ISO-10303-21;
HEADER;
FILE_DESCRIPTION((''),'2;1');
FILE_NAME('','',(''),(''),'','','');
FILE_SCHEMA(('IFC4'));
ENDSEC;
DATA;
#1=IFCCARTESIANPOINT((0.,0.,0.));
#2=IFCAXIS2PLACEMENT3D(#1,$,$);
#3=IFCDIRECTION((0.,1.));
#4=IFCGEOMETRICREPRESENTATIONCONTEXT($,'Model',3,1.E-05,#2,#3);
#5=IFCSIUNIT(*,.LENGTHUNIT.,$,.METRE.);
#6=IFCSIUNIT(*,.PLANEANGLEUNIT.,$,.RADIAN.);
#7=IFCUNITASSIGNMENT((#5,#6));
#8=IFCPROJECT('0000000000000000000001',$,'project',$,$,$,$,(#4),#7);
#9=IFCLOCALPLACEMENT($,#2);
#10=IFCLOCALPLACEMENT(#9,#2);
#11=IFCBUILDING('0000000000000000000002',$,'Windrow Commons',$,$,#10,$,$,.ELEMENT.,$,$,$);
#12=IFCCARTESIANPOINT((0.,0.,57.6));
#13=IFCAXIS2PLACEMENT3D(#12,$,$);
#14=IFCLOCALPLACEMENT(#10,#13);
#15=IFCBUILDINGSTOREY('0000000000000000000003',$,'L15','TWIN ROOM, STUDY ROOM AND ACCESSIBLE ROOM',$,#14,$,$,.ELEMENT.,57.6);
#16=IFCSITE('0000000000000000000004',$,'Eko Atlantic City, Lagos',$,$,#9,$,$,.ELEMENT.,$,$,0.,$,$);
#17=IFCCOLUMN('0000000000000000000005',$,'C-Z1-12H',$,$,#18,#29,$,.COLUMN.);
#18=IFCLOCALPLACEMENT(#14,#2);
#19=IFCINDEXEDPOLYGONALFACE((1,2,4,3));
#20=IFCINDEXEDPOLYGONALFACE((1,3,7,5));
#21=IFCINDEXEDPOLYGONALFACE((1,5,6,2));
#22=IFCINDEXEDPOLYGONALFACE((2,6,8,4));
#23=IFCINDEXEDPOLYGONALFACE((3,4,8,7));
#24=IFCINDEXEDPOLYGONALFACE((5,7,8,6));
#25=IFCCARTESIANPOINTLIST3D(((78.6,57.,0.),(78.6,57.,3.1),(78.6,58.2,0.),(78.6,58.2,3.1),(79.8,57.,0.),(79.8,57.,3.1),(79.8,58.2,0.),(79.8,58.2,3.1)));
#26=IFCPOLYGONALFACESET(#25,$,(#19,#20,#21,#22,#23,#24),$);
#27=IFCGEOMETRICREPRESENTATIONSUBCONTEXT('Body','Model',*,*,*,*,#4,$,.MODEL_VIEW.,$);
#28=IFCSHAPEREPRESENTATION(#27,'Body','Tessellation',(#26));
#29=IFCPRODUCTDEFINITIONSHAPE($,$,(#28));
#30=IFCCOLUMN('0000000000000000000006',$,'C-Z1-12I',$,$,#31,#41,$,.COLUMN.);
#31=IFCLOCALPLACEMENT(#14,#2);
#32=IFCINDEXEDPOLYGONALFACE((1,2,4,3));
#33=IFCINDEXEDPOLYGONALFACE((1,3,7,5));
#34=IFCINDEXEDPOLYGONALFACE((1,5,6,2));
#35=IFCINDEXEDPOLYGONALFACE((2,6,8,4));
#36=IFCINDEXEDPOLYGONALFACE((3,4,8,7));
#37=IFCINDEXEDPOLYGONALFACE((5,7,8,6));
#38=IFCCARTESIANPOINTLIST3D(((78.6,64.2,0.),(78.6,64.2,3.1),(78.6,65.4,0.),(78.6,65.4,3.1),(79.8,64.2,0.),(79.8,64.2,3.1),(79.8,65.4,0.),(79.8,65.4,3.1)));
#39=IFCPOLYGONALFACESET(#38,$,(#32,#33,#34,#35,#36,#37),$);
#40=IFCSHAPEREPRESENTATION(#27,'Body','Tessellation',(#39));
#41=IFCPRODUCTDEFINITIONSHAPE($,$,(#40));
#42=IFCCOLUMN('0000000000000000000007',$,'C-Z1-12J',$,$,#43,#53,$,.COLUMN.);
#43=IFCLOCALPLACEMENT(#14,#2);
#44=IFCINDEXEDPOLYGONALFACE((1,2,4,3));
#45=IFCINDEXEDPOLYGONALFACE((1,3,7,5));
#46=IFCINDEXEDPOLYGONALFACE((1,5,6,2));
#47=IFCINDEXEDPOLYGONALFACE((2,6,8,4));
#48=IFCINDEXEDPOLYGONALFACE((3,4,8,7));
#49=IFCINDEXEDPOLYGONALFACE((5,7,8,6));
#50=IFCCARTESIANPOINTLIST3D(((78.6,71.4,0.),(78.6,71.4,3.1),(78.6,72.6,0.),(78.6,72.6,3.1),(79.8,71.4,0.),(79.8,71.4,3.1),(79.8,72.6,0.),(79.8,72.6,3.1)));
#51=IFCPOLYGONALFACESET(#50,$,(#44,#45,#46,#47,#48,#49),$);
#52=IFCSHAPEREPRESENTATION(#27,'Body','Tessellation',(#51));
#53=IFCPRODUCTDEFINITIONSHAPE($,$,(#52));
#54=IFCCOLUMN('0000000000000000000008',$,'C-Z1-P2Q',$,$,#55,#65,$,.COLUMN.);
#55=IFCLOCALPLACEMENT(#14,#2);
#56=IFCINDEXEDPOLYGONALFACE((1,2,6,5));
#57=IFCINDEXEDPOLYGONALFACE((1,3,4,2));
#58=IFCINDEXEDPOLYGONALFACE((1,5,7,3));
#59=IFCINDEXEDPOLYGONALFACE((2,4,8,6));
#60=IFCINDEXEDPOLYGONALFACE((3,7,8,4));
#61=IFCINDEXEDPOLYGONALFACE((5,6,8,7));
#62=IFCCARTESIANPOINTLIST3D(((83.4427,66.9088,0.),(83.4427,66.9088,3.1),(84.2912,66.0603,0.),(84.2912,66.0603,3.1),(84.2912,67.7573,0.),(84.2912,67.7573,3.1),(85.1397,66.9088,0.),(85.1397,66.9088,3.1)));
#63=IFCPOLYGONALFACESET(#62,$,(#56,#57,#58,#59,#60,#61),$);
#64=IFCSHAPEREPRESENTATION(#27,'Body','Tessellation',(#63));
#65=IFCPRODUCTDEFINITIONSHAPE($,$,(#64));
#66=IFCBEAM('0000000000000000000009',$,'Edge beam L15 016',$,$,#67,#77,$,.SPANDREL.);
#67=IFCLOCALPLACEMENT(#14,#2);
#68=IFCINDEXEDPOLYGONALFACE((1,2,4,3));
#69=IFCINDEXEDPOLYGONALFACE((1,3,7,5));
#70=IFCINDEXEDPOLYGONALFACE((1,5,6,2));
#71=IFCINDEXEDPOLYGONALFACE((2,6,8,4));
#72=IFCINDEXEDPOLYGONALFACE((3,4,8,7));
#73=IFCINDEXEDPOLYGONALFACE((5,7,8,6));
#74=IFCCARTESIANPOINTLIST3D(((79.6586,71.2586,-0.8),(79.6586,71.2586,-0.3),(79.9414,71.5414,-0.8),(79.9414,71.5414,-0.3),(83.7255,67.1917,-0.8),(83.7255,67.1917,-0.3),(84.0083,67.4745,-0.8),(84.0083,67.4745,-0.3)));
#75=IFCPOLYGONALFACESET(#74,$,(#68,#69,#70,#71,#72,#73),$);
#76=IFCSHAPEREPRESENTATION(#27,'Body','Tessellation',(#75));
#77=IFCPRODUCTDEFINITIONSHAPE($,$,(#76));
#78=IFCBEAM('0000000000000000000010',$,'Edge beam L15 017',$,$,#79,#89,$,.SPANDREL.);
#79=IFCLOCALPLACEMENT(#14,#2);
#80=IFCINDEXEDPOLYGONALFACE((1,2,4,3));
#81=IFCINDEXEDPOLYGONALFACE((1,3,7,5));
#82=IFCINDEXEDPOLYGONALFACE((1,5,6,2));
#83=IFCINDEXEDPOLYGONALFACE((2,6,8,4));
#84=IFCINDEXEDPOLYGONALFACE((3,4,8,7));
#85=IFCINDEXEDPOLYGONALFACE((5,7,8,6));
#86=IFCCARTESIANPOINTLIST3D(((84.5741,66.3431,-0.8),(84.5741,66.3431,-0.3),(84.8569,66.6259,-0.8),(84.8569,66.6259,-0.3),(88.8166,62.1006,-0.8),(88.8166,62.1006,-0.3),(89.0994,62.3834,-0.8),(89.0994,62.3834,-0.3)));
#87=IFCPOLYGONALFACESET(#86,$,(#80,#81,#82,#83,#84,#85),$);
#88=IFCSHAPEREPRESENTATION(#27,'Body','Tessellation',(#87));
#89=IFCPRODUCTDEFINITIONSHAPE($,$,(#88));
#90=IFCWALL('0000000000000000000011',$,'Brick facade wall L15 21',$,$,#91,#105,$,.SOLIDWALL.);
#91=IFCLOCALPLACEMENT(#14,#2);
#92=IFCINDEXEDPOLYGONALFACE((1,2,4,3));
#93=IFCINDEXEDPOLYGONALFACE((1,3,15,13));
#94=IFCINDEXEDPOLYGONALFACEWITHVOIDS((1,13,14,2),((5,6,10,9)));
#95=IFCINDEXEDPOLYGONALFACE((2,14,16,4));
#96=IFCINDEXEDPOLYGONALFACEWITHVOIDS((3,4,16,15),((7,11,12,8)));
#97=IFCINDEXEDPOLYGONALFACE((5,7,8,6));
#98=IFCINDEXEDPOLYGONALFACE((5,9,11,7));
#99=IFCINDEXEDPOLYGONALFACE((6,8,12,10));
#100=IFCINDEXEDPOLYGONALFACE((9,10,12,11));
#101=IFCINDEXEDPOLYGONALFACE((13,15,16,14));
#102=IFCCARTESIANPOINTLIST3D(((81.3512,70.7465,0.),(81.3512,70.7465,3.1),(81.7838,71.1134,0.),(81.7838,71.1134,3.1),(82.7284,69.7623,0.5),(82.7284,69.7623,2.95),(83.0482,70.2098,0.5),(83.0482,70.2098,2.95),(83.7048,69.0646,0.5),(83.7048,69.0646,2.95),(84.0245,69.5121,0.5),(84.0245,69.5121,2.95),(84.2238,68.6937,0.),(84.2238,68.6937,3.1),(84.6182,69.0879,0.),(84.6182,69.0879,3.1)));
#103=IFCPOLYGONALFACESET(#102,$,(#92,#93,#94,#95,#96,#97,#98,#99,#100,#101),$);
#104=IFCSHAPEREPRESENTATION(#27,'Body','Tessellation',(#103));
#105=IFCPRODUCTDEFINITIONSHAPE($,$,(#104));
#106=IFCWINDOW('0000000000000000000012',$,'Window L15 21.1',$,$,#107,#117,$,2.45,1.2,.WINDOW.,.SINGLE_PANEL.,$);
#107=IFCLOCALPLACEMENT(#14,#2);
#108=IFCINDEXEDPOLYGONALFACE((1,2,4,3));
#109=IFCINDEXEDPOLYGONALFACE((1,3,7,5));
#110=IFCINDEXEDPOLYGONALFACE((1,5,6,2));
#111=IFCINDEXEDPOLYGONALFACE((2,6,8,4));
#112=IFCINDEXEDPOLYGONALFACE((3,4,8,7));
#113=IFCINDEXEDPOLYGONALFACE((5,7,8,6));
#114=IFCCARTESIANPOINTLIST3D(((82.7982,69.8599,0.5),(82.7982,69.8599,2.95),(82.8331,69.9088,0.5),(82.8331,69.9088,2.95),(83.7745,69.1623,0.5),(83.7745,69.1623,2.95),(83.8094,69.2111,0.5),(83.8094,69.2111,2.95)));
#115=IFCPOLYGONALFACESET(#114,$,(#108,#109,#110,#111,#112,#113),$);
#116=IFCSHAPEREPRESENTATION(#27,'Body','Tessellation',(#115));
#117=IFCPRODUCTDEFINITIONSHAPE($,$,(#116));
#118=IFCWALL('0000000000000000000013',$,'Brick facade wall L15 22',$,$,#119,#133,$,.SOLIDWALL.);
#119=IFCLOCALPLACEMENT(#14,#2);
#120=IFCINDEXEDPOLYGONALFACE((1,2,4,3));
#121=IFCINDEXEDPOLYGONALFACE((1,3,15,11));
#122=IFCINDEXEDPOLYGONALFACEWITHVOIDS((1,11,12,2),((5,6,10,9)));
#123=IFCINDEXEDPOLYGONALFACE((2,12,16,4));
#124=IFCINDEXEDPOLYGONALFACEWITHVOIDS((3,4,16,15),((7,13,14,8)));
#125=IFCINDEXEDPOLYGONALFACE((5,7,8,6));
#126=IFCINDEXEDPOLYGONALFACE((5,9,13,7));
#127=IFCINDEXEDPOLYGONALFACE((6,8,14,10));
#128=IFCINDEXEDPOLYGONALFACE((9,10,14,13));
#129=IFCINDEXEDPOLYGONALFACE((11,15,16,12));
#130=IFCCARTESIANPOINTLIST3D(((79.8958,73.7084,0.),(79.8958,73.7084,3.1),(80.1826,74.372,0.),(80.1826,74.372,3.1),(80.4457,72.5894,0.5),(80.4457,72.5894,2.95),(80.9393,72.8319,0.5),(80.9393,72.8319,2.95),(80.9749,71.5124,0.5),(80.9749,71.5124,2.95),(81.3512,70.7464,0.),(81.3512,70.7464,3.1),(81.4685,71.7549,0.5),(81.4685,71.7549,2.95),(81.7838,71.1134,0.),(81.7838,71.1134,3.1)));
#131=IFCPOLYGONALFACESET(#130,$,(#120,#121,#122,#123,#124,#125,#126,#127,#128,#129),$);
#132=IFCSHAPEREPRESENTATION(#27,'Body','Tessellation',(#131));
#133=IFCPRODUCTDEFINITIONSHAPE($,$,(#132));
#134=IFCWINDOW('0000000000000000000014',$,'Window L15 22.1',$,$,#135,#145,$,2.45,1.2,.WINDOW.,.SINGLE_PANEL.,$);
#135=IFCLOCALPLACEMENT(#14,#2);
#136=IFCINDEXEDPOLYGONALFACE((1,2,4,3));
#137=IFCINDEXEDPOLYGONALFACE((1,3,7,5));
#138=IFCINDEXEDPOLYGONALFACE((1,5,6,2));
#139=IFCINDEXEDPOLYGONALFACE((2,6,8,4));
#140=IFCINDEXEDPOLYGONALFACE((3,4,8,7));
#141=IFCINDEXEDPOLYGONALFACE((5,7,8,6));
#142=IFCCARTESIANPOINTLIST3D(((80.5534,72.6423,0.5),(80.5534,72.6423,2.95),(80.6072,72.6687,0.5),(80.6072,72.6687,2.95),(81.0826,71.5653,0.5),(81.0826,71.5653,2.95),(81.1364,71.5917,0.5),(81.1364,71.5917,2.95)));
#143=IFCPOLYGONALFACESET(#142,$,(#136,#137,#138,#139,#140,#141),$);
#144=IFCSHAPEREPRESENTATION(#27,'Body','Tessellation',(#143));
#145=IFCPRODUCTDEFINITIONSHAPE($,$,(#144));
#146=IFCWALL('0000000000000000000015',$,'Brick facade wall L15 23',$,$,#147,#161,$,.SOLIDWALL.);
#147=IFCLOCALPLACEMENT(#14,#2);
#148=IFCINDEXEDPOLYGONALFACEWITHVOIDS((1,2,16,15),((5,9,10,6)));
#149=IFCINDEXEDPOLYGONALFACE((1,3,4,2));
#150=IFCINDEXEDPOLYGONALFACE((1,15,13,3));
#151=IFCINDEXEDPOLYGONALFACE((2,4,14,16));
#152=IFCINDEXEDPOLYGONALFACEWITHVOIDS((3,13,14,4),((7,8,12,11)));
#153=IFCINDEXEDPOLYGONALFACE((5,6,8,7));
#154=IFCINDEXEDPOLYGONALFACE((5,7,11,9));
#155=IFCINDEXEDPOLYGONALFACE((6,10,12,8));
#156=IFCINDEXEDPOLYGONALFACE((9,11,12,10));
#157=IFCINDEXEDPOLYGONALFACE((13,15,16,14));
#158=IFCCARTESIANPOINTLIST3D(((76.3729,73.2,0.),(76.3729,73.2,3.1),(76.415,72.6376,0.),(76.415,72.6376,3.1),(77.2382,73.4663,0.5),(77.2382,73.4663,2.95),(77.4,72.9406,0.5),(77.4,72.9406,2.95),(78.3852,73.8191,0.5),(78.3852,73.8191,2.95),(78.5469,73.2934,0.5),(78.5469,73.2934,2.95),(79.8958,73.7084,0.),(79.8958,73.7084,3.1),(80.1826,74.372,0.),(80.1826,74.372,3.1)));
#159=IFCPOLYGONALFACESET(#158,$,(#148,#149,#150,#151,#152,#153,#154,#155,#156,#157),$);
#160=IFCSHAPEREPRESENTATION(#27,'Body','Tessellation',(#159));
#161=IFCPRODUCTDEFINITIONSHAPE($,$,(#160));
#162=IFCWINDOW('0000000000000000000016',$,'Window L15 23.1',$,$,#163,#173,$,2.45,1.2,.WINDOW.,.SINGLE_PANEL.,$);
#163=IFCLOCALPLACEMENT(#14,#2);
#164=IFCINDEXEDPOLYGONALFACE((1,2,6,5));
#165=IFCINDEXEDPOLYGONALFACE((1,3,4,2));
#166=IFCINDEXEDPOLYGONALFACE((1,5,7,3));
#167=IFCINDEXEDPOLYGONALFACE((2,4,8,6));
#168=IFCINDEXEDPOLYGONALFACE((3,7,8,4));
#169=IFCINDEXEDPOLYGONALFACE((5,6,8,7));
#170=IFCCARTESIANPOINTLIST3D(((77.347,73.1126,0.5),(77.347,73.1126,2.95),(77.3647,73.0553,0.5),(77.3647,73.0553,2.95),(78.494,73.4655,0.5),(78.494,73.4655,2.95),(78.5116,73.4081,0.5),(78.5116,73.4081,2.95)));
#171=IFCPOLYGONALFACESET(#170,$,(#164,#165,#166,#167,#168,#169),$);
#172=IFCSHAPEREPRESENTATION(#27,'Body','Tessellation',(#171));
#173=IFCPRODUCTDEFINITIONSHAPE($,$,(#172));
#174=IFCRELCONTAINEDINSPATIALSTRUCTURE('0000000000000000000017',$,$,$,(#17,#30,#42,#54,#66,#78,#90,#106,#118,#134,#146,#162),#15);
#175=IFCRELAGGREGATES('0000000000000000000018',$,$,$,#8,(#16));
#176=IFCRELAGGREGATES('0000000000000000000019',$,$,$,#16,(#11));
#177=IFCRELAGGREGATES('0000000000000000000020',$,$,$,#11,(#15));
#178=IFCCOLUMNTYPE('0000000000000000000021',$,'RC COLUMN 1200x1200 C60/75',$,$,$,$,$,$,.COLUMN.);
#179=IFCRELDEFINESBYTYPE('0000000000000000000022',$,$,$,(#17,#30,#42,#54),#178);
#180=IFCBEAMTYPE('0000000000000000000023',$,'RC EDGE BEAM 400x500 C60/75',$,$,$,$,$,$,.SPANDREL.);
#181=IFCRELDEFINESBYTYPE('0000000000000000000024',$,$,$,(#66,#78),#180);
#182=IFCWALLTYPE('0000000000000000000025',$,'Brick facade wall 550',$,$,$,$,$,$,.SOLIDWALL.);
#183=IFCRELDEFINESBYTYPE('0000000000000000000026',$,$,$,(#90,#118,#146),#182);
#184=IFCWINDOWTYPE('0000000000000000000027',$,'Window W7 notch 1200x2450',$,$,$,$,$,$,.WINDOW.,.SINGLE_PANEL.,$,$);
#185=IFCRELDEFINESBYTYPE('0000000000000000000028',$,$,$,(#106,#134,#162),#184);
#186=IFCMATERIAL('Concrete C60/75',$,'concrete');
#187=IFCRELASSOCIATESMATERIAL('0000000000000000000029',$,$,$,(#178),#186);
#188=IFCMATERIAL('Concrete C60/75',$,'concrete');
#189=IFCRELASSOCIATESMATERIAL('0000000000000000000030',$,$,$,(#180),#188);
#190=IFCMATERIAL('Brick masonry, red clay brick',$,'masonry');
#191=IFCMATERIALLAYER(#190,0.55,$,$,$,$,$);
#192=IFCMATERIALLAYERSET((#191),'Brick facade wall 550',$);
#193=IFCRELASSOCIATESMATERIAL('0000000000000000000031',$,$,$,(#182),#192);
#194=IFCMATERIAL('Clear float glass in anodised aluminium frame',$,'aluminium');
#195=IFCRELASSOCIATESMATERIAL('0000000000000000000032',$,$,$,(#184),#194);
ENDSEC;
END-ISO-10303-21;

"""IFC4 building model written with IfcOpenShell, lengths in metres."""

from ifc_helpers import new_model, si_unit, direction, frame, frame_2d, origin, origin_2d, place, context, subcontext, project, spatial, polyline, rectangle, outline, extrude, material, layer, layer_set, material_profile, profile_set, type_object, element, fill, save


model = new_model("IFC4")

# Units and contexts
model_context = context("Model", 3, precision=1e-05, world=origin(), true_north=direction((0.0, 1.0)))
body_context = subcontext(model_context, "Body", "Model", "MODEL_VIEW")
ifc_project = project(units=[si_unit("LENGTHUNIT", "METRE"), si_unit("PLANEANGLEUNIT", "RADIAN")], contexts=[model_context])

# Site, building, storey
site_placement = place(None, origin())
site = spatial("IfcSite", under=ifc_project, at=site_placement, Name="Eko Atlantic City, Lagos", CompositionType="ELEMENT", RefElevation=0.0)
building_placement = place(site_placement, origin())
building = spatial("IfcBuilding", under=site, at=building_placement, Name="Windrow Commons", CompositionType="ELEMENT")
storey_placement = place(building_placement, frame((0.0, 0.0, 57.6)))
storey = spatial("IfcBuildingStorey", under=building, at=storey_placement, Name="L15", Description="TWIN ROOM, STUDY ROOM AND ACCESSIBLE ROOM", CompositionType="ELEMENT", Elevation=57.6)

# Columns
ifc_material_1 = material(Name="Concrete C60/75", Category="concrete")
ifc_material_profile_1 = material_profile(ifc_material_1, rectangle(XDim=1.2, YDim=1.2, at=origin_2d()))
ifc_profile_set_1 = profile_set([ifc_material_profile_1], Name="Concrete C60/75")
column_type = type_object("IfcColumnType", Name="RC COLUMN 1200x1200 C60/75", PredefinedType="COLUMN", material=ifc_profile_set_1)
for number, where, z_axis, x_axis, name in (
    (1, (79.2, 57.6, 0.0), (0.0, 0.0, 1.0), (1.0, 0.0, 0.0), "C-Z1-12H"),
    (2, (79.2, 64.8, 0.0), (0.0, 0.0, 1.0), (1.0, 0.0, 0.0), "C-Z1-12I"),
    (3, (79.2, 72.0, 0.0), (0.0, 0.0, 1.0), (1.0, 0.0, 0.0), "C-Z1-12J"),
    (4, (84.2912, 66.9088, 0.0), (0.0, 0.0, 1.0), (0.707107, -0.707107, 0.0), "C-Z1-P2Q"),
):
    element("IfcColumn", number, at=place(storey_placement, frame(where, z_axis=z_axis, x_axis=x_axis)), inside=storey, type_object=column_type, Name=name, PredefinedType="COLUMN", context=body_context, shape_type="SweptSolid", body=[
        extrude(rectangle(XDim=1.2, YDim=1.2, at=origin_2d()), origin(), (0.0, 0.0, 1.0), 3.1),
    ])

# Beams
ifc_material_2 = material(Name="Concrete C60/75", Category="concrete")
ifc_material_profile_2 = material_profile(ifc_material_2, rectangle(XDim=0.4, YDim=0.5, at=origin_2d()))
ifc_profile_set_2 = profile_set([ifc_material_profile_2], Name="Concrete C60/75")
beam_type = type_object("IfcBeamType", Name="RC EDGE BEAM 400x500 C60/75", PredefinedType="SPANDREL", material=ifc_profile_set_2)
beam_1_placement = place(storey_placement, frame((79.8, 71.4, -0.55), z_axis=(0.707107, -0.707107, 0.0), x_axis=(0.707107, 0.707107, 0.0)))
element("IfcBeam", 5, at=beam_1_placement, inside=storey, type_object=beam_type, Name="Edge beam L15 016", PredefinedType="SPANDREL", context=body_context, shape_type="SweptSolid", body=[
    extrude(rectangle(XDim=0.4, YDim=0.5, at=origin_2d()), origin(), (0.0, 0.0, 1.0), 5.7515),
])
beam_2_placement = place(storey_placement, frame((84.7155, 66.4845, -0.55), z_axis=(0.707107, -0.707107, 0.0), x_axis=(0.707107, 0.707107, 0.0)))
element("IfcBeam", 6, at=beam_2_placement, inside=storey, type_object=beam_type, Name="Edge beam L15 017", PredefinedType="SPANDREL", context=body_context, shape_type="SweptSolid", body=[
    extrude(rectangle(XDim=0.4, YDim=0.5, at=origin_2d()), origin(), (0.0, 0.0, 1.0), 5.9998),
])

# Walls, openings, windows
ifc_material_3 = material(Name="Brick masonry, red clay brick", Category="masonry")
ifc_layer_1 = layer(ifc_material_3, 0.55)
ifc_layer_set_1 = layer_set([ifc_layer_1], Name="Brick facade wall 550")
wall_type_1 = type_object("IfcWallType", Name="Brick facade wall 550", PredefinedType="SOLIDWALL", material=ifc_layer_set_1)
wall_1_placement = place(storey_placement, frame((84.421, 68.8908, 0.0), z_axis=(0.0, 0.0, 1.0), x_axis=(-0.813614, 0.581405, 0.0)))
wall_1 = element("IfcWall", 7, at=wall_1_placement, inside=storey, type_object=wall_type_1, Name="Brick facade wall L15 21", PredefinedType="SOLIDWALL", context=body_context, shape_type="SweptSolid", body=[
    extrude(outline(polyline([(-0.0458, -0.275), (3.4379, -0.275), (3.5765, 0.275), (0.0458, 0.275), (-0.0458, -0.275)])), origin(), (0.0, 0.0, 1.0), 3.1),
])
opening_1_placement = place(wall_1_placement, frame((0.6838, 0.0, 0.5)))
opening_1 = element("IfcOpeningElement", 8, at=opening_1_placement, cuts=wall_1, PredefinedType="OPENING", context=body_context, shape_type="SweptSolid", body=[
    extrude(rectangle(XDim=1.2, YDim=2.45, at=frame_2d((0.6, 1.225))), frame((0.0, 0.285, 0.0), z_axis=(0.0, -1.0, 0.0), x_axis=(1.0, 0.0, 0.0)), (0.0, 0.0, 1.0), 0.57),
])
ifc_material_4 = material(Name="Clear float glass in anodised aluminium frame", Category="aluminium")
window_type = type_object("IfcWindowType", Name="Window W7 notch 1200x2450", PartitioningType="SINGLE_PANEL", PredefinedType="WINDOW", material=ifc_material_4)
window_1_placement = place(opening_1_placement, origin())
window_1 = element("IfcWindow", 9, at=window_1_placement, inside=storey, type_object=window_type, Name="Window L15 21.1", OverallHeight=2.45, OverallWidth=1.2, PartitioningType="SINGLE_PANEL", PredefinedType="WINDOW", context=body_context, shape_type="SweptSolid", body=[
    extrude(rectangle(XDim=1.2, YDim=2.45, at=frame_2d((0.6, 1.225))), frame((0.0, 0.155, 0.0), z_axis=(0.0, -1.0, 0.0), x_axis=(1.0, 0.0, 0.0)), (0.0, 0.0, 1.0), 0.06),
])
fill(opening_1, window_1)
wall_2_placement = place(storey_placement, frame((81.5675, 70.9299, 0.0), z_axis=(0.0, 0.0, 1.0), x_axis=(-0.441005, 0.897505, 0.0)))
wall_2 = element("IfcWall", 10, at=wall_2_placement, inside=storey, type_object=wall_type_1, Name="Brick facade wall L15 22", PredefinedType="SOLIDWALL", context=body_context, shape_type="SweptSolid", body=[
    extrude(outline(polyline([(0.0693, -0.275), (3.7001, -0.275), (3.2309, 0.275), (-0.0693, 0.275), (0.0693, -0.275)])), origin(), (0.0, 0.0, 1.0), 3.1),
])
opening_2_placement = place(wall_2_placement, frame((0.7841, 0.0, 0.5)))
opening_2 = element("IfcOpeningElement", 11, at=opening_2_placement, cuts=wall_2, PredefinedType="OPENING", context=body_context, shape_type="SweptSolid", body=[
    extrude(rectangle(XDim=1.2, YDim=2.45, at=frame_2d((0.6, 1.225))), frame((0.0, 0.285, 0.0), z_axis=(0.0, -1.0, 0.0), x_axis=(1.0, 0.0, 0.0)), (0.0, 0.0, 1.0), 0.57),
])
window_2_placement = place(opening_2_placement, origin())
window_2 = element("IfcWindow", 12, at=window_2_placement, inside=storey, type_object=window_type, Name="Window L15 22.1", OverallHeight=2.45, OverallWidth=1.2, PartitioningType="SINGLE_PANEL", PredefinedType="WINDOW", context=body_context, shape_type="SweptSolid", body=[
    extrude(rectangle(XDim=1.2, YDim=2.45, at=frame_2d((0.6, 1.225))), frame((0.0, 0.155, 0.0), z_axis=(0.0, -1.0, 0.0), x_axis=(1.0, 0.0, 0.0)), (0.0, 0.0, 1.0), 0.06),
])
fill(opening_2, window_2)
wall_3_placement = place(storey_placement, frame((80.0392, 74.0402, 0.0), z_axis=(0.0, 0.0, 1.0), x_axis=(-0.955796, -0.294031, 0.0)))
wall_3 = element("IfcWall", 13, at=wall_3_placement, inside=storey, type_object=wall_type_1, Name="Brick facade wall L15 23", PredefinedType="SOLIDWALL", context=body_context, shape_type="SweptSolid", body=[
    extrude(outline(polyline([(-0.2346, -0.275), (3.7513, -0.275), (3.8764, 0.275), (0.2346, 0.275), (-0.2346, -0.275)])), origin(), (0.0, 0.0, 1.0), 3.1),
])
opening_3_placement = place(wall_3_placement, frame((1.6459, 0.0, 0.5)))
opening_3 = element("IfcOpeningElement", 14, at=opening_3_placement, cuts=wall_3, PredefinedType="OPENING", context=body_context, shape_type="SweptSolid", body=[
    extrude(rectangle(XDim=1.2, YDim=2.45, at=frame_2d((0.6, 1.225))), frame((0.0, 0.285, 0.0), z_axis=(0.0, -1.0, 0.0), x_axis=(1.0, 0.0, 0.0)), (0.0, 0.0, 1.0), 0.57),
])
window_3_placement = place(opening_3_placement, origin())
window_3 = element("IfcWindow", 15, at=window_3_placement, inside=storey, type_object=window_type, Name="Window L15 23.1", OverallHeight=2.45, OverallWidth=1.2, PartitioningType="SINGLE_PANEL", PredefinedType="WINDOW", context=body_context, shape_type="SweptSolid", body=[
    extrude(rectangle(XDim=1.2, YDim=2.45, at=frame_2d((0.6, 1.225))), frame((0.0, 0.155, 0.0), z_axis=(0.0, -1.0, 0.0), x_axis=(1.0, 0.0, 0.0)), (0.0, 0.0, 1.0), 0.06),
])
fill(opening_3, window_3)

save(model, "model.ifc")
